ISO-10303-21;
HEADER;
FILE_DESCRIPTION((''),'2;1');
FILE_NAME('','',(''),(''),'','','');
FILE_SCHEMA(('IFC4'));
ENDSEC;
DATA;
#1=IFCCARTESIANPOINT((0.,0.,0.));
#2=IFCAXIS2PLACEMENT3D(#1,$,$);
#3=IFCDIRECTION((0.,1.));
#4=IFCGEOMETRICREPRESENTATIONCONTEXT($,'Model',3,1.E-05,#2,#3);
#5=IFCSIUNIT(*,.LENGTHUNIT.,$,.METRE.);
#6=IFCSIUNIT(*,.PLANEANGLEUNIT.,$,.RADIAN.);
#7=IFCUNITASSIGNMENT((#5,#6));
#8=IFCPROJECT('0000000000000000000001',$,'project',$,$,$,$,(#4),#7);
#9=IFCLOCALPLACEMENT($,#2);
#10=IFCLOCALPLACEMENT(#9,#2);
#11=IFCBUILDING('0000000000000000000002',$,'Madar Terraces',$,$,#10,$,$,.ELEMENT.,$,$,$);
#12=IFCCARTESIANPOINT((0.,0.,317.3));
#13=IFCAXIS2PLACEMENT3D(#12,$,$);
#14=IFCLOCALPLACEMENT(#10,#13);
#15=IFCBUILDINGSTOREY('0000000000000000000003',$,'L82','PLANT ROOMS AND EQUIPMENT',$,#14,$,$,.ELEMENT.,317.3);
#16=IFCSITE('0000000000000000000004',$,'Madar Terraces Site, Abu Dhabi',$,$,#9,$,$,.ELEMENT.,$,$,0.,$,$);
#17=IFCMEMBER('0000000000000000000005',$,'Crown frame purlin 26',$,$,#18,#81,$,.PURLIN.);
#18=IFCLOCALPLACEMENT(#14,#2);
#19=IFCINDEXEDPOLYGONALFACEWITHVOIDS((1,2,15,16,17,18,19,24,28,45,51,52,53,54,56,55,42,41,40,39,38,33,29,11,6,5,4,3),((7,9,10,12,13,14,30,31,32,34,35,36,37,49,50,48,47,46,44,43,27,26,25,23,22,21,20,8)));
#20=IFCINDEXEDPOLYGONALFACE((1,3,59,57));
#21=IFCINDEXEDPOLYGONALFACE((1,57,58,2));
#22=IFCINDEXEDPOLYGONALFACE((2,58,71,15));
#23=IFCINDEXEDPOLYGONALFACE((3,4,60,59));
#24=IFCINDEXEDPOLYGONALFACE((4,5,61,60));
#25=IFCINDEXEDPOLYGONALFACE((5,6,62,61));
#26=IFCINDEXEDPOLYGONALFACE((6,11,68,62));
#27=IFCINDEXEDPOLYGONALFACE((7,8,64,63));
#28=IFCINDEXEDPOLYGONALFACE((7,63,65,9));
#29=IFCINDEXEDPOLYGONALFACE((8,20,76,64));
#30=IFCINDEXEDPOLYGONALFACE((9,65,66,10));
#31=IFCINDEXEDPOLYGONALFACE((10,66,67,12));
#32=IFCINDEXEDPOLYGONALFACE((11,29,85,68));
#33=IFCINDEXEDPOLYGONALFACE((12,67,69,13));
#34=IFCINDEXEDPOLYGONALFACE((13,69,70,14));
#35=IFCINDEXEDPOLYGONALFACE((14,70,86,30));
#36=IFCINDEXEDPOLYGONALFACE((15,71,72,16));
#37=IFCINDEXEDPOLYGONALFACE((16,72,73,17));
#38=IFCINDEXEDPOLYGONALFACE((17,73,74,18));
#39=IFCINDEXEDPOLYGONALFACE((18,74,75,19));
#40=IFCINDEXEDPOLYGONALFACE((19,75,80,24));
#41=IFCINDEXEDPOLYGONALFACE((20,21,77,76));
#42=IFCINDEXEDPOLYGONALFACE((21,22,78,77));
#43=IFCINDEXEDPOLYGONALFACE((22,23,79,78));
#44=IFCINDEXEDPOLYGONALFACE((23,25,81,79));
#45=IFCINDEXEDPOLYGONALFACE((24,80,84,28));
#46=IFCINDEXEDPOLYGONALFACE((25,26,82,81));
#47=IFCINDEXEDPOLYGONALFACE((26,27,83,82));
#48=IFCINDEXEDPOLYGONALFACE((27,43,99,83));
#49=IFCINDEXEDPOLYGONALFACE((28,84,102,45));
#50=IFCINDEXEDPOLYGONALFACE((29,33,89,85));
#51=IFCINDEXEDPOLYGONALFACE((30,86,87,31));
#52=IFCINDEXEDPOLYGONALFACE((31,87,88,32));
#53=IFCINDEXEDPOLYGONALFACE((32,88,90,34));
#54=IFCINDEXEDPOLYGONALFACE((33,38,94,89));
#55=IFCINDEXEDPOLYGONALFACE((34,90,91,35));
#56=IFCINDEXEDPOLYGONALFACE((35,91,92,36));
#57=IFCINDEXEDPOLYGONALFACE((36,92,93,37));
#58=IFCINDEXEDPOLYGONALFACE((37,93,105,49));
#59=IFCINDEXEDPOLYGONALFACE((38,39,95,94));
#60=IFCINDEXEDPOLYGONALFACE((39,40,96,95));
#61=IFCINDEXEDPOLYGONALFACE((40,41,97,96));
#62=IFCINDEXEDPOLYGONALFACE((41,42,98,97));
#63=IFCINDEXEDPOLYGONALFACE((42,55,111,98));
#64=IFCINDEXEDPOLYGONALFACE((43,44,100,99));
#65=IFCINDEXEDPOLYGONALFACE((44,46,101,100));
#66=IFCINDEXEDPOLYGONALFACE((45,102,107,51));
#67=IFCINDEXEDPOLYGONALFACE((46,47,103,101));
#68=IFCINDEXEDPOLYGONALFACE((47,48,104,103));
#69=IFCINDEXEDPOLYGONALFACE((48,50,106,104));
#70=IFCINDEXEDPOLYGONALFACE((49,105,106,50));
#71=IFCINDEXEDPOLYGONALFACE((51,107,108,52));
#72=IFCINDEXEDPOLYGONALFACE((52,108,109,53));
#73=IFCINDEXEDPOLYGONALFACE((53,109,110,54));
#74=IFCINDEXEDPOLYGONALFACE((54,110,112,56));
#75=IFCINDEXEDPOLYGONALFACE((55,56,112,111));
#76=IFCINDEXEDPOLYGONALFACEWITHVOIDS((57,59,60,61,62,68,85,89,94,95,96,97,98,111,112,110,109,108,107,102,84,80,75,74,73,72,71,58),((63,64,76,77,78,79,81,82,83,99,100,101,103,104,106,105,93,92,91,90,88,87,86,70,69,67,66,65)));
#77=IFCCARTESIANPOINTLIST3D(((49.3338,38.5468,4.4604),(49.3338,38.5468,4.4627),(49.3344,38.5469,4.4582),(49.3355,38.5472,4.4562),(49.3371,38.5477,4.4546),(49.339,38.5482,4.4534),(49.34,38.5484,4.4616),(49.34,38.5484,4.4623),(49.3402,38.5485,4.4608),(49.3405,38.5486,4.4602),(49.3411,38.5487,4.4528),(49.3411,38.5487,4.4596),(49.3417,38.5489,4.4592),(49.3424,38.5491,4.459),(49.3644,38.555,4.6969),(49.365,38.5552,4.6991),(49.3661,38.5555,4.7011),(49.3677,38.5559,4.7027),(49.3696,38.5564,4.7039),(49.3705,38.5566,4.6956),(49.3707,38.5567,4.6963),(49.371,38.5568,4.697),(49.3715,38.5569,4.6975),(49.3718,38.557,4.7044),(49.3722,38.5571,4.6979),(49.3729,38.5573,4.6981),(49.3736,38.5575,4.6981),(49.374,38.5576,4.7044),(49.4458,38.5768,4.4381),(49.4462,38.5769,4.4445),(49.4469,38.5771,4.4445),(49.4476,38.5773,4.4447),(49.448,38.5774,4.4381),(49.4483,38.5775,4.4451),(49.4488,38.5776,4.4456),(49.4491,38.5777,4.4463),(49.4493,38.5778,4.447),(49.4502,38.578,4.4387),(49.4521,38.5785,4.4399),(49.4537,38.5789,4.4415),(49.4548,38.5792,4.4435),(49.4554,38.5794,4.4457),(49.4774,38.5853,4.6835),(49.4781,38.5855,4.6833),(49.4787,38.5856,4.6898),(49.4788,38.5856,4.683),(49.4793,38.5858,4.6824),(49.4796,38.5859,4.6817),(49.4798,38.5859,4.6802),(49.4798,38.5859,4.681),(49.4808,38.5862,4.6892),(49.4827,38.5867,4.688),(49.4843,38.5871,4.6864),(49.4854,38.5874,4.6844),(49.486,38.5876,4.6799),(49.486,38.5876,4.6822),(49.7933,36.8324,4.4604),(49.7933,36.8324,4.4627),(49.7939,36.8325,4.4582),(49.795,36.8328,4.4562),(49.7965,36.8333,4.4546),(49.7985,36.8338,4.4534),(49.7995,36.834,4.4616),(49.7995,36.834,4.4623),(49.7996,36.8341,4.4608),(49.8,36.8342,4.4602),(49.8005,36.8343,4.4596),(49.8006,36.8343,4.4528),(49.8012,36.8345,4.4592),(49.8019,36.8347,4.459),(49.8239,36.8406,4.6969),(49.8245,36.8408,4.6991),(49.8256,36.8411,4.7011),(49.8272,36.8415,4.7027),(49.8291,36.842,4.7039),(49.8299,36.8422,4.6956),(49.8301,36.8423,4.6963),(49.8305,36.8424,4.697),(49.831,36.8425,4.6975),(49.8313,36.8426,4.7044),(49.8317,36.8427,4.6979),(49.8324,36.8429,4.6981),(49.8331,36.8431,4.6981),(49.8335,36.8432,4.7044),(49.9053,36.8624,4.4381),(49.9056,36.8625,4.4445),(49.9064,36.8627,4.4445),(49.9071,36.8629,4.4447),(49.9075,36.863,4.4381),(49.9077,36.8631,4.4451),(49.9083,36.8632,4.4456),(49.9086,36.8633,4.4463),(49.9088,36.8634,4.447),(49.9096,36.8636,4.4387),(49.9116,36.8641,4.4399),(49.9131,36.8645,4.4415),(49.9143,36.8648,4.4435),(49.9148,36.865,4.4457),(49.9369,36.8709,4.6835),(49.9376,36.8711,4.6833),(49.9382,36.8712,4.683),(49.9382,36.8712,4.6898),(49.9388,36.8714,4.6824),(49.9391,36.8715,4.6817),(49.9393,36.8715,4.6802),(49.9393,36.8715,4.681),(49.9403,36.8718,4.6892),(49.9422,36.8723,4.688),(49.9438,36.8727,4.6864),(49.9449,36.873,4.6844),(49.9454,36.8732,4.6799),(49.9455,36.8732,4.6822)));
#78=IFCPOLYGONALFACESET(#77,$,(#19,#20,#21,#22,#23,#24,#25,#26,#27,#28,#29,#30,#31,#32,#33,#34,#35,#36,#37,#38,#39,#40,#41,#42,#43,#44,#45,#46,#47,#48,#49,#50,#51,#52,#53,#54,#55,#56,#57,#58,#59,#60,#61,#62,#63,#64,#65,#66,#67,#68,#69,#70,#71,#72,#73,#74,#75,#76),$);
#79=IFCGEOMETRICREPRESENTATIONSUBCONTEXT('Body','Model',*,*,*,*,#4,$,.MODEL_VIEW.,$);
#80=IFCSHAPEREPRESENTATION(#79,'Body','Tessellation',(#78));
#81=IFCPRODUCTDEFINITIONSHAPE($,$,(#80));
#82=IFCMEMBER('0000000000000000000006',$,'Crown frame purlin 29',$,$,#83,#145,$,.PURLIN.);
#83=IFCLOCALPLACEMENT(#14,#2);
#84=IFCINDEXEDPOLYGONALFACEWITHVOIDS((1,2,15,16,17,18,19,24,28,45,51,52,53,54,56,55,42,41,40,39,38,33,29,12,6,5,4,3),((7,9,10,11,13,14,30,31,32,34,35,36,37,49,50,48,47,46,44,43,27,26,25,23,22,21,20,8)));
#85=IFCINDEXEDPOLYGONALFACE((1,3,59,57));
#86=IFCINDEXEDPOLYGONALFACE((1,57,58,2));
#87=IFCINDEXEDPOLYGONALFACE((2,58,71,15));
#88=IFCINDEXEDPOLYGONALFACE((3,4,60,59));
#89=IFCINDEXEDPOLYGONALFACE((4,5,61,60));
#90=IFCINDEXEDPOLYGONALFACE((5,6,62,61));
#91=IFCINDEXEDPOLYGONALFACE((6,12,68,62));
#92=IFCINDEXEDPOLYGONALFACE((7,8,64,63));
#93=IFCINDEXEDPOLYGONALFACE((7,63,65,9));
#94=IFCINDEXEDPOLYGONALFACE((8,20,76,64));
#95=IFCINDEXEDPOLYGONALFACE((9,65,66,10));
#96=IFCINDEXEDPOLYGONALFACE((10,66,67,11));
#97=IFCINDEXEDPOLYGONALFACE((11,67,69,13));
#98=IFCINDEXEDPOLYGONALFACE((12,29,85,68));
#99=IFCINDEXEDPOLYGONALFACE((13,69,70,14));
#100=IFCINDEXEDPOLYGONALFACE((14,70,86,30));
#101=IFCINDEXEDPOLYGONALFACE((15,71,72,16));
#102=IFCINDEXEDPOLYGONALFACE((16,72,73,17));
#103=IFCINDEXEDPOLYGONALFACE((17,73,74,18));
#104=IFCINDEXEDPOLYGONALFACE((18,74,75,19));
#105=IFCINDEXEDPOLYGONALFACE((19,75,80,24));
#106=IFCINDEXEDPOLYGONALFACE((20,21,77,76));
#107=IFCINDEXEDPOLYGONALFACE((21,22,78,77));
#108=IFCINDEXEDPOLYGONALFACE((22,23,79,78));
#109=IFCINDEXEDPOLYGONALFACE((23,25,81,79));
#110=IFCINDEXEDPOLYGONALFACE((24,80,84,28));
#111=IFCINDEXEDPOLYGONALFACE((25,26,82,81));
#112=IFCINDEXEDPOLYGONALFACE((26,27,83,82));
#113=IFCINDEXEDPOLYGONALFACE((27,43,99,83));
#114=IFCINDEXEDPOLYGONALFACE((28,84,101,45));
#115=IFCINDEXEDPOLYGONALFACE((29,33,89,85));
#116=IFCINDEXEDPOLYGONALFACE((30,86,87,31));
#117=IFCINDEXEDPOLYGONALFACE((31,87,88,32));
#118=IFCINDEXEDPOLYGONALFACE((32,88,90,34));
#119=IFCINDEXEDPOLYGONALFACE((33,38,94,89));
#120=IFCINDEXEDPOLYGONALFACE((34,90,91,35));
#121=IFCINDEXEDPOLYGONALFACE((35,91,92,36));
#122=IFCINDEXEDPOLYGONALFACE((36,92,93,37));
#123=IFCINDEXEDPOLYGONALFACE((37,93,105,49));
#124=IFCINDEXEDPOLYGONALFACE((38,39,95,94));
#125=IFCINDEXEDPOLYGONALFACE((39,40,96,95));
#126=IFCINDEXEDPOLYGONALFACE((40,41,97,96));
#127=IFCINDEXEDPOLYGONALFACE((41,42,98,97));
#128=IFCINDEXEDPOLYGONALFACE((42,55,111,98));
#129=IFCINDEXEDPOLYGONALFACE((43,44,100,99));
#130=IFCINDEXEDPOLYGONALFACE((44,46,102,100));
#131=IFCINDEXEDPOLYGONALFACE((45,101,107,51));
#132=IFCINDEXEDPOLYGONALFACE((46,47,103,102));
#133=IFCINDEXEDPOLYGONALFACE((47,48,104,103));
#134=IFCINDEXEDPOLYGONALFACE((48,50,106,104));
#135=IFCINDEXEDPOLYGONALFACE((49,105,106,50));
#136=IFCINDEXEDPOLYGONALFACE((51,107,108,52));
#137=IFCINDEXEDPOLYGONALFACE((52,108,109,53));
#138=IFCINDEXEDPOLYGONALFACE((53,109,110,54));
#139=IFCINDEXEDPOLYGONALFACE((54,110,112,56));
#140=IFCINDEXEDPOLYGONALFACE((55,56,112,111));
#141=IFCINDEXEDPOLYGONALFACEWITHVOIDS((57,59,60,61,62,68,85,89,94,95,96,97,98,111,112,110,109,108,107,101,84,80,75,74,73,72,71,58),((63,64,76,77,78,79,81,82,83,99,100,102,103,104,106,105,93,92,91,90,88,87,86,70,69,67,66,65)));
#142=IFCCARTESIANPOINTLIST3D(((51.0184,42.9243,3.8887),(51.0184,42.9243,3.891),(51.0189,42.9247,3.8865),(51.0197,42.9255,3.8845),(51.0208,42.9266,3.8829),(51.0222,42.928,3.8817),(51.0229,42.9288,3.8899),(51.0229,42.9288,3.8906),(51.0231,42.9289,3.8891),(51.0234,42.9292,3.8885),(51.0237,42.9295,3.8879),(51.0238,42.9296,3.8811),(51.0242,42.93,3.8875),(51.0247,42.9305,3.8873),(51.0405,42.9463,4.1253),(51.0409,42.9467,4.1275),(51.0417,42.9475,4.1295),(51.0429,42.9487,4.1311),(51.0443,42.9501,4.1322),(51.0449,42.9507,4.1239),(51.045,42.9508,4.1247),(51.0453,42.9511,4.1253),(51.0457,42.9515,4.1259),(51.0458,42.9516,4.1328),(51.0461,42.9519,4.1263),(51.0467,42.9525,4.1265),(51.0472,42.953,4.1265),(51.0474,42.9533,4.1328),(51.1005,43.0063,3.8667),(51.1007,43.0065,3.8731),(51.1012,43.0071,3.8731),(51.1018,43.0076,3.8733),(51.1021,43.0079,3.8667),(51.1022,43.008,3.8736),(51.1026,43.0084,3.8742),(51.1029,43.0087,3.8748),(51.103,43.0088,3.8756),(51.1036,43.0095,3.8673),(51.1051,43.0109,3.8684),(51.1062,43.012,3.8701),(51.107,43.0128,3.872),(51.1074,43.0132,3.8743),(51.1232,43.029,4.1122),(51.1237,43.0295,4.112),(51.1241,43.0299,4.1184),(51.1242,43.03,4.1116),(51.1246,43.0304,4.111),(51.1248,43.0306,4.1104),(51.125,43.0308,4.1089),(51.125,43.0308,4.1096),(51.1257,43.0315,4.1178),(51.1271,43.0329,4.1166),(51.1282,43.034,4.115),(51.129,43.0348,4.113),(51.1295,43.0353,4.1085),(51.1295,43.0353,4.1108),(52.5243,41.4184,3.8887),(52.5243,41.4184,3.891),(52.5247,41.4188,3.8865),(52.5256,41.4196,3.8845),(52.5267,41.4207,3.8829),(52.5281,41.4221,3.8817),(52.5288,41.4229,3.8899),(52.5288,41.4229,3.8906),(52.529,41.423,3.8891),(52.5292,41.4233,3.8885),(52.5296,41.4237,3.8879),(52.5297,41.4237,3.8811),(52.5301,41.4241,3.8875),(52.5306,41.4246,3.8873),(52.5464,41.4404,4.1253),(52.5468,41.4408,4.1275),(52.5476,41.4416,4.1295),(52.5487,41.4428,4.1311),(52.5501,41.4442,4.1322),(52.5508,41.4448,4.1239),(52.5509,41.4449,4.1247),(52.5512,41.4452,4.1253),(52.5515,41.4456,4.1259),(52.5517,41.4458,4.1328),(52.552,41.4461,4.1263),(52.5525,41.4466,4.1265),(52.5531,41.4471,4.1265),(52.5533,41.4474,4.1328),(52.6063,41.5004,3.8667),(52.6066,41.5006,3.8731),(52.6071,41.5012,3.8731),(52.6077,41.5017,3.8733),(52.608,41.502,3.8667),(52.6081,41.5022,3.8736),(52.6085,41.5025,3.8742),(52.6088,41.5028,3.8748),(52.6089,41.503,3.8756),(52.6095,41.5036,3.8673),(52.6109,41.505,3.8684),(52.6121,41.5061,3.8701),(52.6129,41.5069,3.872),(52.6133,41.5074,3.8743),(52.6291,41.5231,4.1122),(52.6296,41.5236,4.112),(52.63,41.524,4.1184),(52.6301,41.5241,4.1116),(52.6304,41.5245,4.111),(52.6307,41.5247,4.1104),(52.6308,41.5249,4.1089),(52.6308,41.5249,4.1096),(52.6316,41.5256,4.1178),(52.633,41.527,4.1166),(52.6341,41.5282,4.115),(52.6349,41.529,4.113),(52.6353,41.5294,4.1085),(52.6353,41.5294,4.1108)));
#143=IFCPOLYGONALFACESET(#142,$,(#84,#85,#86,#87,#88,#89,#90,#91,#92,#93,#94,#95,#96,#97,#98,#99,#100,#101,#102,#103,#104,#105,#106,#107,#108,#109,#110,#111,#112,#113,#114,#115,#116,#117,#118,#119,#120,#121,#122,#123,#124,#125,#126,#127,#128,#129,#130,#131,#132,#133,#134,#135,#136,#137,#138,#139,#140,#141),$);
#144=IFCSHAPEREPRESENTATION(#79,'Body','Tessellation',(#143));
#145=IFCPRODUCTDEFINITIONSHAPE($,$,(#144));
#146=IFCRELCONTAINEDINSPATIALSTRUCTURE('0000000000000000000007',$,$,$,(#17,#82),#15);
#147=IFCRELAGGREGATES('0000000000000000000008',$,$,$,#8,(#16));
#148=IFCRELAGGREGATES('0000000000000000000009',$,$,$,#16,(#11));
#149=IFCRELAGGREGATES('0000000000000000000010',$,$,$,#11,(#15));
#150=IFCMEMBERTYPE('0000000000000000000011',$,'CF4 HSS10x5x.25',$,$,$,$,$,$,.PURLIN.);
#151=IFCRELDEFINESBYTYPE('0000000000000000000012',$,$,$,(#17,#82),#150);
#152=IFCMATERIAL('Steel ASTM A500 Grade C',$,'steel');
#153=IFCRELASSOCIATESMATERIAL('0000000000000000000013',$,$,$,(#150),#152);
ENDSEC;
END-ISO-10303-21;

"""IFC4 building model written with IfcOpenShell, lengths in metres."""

from ifc_helpers import new_model, si_unit, direction, frame, origin, origin_2d, place, context, subcontext, project, spatial, hollow_rectangle, extrude, material, material_profile, profile_set, type_object, element, save


model = new_model("IFC4")

# Units and contexts
model_context = context("Model", 3, precision=1e-05, world=origin(), true_north=direction((0.0, 1.0)))
body_context = subcontext(model_context, "Body", "Model", "MODEL_VIEW")
ifc_project = project(units=[si_unit("LENGTHUNIT", "METRE"), si_unit("PLANEANGLEUNIT", "RADIAN")], contexts=[model_context])

# Site, building, storey
site_placement = place(None, origin())
site = spatial("IfcSite", under=ifc_project, at=site_placement, Name="Madar Terraces Site, Abu Dhabi", CompositionType="ELEMENT", RefElevation=0.0)
building_placement = place(site_placement, origin())
building = spatial("IfcBuilding", under=site, at=building_placement, Name="Madar Terraces", CompositionType="ELEMENT")
storey_placement = place(building_placement, frame((0.0, 0.0, 317.3)))
storey = spatial("IfcBuildingStorey", under=building, at=storey_placement, Name="L82", Description="PLANT ROOMS AND EQUIPMENT", CompositionType="ELEMENT", Elevation=317.3)

# Members
ifc_material_1 = material(Name="Steel ASTM A500 Grade C", Category="steel")
ifc_material_profile_1 = material_profile(ifc_material_1, hollow_rectangle(XDim=0.127, YDim=0.2539, WallThickness=0.0063, InnerFilletRadius=0.0029, OuterFilletRadius=0.0088, at=origin_2d()), Name="HSS10x5x.25")
ifc_profile_set_1 = profile_set([ifc_material_profile_1], Name="Steel ASTM A500 Grade C")
member_type_1 = type_object("IfcMemberType", Name="CF4 HSS10x5x.25", PredefinedType="PURLIN", material=ifc_profile_set_1)
member_1_placement = place(storey_placement, frame((49.8694, 36.8528, 4.5713), z_axis=(-0.258878, 0.96591, 0.0), x_axis=(-0.957187, -0.25654, 0.134086)))
element("IfcMember", 1, at=member_1_placement, inside=storey, type_object=member_type_1, Name="Crown frame purlin 26", PredefinedType="PURLIN", context=body_context, shape_type="SweptSolid", body=[
    extrude(hollow_rectangle(XDim=0.127, YDim=0.2539, WallThickness=0.0063, InnerFilletRadius=0.0029, OuterFilletRadius=0.0088, at=origin_2d()), origin(), (0.0, 0.0, 1.0), 1.7749),
])
member_2_placement = place(storey_placement, frame((52.5798, 41.4739, 3.9998), z_axis=(-0.707107, 0.707107, 0.0), x_axis=(-0.700941, -0.700941, 0.131765)))
element("IfcMember", 2, at=member_2_placement, inside=storey, type_object=member_type_1, Name="Crown frame purlin 29", PredefinedType="PURLIN", context=body_context, shape_type="SweptSolid", body=[
    extrude(hollow_rectangle(XDim=0.127, YDim=0.2539, WallThickness=0.0063, InnerFilletRadius=0.0029, OuterFilletRadius=0.0088, at=origin_2d()), origin(), (0.0, 0.0, 1.0), 2.1296),
])

save(model, "model.ifc")
